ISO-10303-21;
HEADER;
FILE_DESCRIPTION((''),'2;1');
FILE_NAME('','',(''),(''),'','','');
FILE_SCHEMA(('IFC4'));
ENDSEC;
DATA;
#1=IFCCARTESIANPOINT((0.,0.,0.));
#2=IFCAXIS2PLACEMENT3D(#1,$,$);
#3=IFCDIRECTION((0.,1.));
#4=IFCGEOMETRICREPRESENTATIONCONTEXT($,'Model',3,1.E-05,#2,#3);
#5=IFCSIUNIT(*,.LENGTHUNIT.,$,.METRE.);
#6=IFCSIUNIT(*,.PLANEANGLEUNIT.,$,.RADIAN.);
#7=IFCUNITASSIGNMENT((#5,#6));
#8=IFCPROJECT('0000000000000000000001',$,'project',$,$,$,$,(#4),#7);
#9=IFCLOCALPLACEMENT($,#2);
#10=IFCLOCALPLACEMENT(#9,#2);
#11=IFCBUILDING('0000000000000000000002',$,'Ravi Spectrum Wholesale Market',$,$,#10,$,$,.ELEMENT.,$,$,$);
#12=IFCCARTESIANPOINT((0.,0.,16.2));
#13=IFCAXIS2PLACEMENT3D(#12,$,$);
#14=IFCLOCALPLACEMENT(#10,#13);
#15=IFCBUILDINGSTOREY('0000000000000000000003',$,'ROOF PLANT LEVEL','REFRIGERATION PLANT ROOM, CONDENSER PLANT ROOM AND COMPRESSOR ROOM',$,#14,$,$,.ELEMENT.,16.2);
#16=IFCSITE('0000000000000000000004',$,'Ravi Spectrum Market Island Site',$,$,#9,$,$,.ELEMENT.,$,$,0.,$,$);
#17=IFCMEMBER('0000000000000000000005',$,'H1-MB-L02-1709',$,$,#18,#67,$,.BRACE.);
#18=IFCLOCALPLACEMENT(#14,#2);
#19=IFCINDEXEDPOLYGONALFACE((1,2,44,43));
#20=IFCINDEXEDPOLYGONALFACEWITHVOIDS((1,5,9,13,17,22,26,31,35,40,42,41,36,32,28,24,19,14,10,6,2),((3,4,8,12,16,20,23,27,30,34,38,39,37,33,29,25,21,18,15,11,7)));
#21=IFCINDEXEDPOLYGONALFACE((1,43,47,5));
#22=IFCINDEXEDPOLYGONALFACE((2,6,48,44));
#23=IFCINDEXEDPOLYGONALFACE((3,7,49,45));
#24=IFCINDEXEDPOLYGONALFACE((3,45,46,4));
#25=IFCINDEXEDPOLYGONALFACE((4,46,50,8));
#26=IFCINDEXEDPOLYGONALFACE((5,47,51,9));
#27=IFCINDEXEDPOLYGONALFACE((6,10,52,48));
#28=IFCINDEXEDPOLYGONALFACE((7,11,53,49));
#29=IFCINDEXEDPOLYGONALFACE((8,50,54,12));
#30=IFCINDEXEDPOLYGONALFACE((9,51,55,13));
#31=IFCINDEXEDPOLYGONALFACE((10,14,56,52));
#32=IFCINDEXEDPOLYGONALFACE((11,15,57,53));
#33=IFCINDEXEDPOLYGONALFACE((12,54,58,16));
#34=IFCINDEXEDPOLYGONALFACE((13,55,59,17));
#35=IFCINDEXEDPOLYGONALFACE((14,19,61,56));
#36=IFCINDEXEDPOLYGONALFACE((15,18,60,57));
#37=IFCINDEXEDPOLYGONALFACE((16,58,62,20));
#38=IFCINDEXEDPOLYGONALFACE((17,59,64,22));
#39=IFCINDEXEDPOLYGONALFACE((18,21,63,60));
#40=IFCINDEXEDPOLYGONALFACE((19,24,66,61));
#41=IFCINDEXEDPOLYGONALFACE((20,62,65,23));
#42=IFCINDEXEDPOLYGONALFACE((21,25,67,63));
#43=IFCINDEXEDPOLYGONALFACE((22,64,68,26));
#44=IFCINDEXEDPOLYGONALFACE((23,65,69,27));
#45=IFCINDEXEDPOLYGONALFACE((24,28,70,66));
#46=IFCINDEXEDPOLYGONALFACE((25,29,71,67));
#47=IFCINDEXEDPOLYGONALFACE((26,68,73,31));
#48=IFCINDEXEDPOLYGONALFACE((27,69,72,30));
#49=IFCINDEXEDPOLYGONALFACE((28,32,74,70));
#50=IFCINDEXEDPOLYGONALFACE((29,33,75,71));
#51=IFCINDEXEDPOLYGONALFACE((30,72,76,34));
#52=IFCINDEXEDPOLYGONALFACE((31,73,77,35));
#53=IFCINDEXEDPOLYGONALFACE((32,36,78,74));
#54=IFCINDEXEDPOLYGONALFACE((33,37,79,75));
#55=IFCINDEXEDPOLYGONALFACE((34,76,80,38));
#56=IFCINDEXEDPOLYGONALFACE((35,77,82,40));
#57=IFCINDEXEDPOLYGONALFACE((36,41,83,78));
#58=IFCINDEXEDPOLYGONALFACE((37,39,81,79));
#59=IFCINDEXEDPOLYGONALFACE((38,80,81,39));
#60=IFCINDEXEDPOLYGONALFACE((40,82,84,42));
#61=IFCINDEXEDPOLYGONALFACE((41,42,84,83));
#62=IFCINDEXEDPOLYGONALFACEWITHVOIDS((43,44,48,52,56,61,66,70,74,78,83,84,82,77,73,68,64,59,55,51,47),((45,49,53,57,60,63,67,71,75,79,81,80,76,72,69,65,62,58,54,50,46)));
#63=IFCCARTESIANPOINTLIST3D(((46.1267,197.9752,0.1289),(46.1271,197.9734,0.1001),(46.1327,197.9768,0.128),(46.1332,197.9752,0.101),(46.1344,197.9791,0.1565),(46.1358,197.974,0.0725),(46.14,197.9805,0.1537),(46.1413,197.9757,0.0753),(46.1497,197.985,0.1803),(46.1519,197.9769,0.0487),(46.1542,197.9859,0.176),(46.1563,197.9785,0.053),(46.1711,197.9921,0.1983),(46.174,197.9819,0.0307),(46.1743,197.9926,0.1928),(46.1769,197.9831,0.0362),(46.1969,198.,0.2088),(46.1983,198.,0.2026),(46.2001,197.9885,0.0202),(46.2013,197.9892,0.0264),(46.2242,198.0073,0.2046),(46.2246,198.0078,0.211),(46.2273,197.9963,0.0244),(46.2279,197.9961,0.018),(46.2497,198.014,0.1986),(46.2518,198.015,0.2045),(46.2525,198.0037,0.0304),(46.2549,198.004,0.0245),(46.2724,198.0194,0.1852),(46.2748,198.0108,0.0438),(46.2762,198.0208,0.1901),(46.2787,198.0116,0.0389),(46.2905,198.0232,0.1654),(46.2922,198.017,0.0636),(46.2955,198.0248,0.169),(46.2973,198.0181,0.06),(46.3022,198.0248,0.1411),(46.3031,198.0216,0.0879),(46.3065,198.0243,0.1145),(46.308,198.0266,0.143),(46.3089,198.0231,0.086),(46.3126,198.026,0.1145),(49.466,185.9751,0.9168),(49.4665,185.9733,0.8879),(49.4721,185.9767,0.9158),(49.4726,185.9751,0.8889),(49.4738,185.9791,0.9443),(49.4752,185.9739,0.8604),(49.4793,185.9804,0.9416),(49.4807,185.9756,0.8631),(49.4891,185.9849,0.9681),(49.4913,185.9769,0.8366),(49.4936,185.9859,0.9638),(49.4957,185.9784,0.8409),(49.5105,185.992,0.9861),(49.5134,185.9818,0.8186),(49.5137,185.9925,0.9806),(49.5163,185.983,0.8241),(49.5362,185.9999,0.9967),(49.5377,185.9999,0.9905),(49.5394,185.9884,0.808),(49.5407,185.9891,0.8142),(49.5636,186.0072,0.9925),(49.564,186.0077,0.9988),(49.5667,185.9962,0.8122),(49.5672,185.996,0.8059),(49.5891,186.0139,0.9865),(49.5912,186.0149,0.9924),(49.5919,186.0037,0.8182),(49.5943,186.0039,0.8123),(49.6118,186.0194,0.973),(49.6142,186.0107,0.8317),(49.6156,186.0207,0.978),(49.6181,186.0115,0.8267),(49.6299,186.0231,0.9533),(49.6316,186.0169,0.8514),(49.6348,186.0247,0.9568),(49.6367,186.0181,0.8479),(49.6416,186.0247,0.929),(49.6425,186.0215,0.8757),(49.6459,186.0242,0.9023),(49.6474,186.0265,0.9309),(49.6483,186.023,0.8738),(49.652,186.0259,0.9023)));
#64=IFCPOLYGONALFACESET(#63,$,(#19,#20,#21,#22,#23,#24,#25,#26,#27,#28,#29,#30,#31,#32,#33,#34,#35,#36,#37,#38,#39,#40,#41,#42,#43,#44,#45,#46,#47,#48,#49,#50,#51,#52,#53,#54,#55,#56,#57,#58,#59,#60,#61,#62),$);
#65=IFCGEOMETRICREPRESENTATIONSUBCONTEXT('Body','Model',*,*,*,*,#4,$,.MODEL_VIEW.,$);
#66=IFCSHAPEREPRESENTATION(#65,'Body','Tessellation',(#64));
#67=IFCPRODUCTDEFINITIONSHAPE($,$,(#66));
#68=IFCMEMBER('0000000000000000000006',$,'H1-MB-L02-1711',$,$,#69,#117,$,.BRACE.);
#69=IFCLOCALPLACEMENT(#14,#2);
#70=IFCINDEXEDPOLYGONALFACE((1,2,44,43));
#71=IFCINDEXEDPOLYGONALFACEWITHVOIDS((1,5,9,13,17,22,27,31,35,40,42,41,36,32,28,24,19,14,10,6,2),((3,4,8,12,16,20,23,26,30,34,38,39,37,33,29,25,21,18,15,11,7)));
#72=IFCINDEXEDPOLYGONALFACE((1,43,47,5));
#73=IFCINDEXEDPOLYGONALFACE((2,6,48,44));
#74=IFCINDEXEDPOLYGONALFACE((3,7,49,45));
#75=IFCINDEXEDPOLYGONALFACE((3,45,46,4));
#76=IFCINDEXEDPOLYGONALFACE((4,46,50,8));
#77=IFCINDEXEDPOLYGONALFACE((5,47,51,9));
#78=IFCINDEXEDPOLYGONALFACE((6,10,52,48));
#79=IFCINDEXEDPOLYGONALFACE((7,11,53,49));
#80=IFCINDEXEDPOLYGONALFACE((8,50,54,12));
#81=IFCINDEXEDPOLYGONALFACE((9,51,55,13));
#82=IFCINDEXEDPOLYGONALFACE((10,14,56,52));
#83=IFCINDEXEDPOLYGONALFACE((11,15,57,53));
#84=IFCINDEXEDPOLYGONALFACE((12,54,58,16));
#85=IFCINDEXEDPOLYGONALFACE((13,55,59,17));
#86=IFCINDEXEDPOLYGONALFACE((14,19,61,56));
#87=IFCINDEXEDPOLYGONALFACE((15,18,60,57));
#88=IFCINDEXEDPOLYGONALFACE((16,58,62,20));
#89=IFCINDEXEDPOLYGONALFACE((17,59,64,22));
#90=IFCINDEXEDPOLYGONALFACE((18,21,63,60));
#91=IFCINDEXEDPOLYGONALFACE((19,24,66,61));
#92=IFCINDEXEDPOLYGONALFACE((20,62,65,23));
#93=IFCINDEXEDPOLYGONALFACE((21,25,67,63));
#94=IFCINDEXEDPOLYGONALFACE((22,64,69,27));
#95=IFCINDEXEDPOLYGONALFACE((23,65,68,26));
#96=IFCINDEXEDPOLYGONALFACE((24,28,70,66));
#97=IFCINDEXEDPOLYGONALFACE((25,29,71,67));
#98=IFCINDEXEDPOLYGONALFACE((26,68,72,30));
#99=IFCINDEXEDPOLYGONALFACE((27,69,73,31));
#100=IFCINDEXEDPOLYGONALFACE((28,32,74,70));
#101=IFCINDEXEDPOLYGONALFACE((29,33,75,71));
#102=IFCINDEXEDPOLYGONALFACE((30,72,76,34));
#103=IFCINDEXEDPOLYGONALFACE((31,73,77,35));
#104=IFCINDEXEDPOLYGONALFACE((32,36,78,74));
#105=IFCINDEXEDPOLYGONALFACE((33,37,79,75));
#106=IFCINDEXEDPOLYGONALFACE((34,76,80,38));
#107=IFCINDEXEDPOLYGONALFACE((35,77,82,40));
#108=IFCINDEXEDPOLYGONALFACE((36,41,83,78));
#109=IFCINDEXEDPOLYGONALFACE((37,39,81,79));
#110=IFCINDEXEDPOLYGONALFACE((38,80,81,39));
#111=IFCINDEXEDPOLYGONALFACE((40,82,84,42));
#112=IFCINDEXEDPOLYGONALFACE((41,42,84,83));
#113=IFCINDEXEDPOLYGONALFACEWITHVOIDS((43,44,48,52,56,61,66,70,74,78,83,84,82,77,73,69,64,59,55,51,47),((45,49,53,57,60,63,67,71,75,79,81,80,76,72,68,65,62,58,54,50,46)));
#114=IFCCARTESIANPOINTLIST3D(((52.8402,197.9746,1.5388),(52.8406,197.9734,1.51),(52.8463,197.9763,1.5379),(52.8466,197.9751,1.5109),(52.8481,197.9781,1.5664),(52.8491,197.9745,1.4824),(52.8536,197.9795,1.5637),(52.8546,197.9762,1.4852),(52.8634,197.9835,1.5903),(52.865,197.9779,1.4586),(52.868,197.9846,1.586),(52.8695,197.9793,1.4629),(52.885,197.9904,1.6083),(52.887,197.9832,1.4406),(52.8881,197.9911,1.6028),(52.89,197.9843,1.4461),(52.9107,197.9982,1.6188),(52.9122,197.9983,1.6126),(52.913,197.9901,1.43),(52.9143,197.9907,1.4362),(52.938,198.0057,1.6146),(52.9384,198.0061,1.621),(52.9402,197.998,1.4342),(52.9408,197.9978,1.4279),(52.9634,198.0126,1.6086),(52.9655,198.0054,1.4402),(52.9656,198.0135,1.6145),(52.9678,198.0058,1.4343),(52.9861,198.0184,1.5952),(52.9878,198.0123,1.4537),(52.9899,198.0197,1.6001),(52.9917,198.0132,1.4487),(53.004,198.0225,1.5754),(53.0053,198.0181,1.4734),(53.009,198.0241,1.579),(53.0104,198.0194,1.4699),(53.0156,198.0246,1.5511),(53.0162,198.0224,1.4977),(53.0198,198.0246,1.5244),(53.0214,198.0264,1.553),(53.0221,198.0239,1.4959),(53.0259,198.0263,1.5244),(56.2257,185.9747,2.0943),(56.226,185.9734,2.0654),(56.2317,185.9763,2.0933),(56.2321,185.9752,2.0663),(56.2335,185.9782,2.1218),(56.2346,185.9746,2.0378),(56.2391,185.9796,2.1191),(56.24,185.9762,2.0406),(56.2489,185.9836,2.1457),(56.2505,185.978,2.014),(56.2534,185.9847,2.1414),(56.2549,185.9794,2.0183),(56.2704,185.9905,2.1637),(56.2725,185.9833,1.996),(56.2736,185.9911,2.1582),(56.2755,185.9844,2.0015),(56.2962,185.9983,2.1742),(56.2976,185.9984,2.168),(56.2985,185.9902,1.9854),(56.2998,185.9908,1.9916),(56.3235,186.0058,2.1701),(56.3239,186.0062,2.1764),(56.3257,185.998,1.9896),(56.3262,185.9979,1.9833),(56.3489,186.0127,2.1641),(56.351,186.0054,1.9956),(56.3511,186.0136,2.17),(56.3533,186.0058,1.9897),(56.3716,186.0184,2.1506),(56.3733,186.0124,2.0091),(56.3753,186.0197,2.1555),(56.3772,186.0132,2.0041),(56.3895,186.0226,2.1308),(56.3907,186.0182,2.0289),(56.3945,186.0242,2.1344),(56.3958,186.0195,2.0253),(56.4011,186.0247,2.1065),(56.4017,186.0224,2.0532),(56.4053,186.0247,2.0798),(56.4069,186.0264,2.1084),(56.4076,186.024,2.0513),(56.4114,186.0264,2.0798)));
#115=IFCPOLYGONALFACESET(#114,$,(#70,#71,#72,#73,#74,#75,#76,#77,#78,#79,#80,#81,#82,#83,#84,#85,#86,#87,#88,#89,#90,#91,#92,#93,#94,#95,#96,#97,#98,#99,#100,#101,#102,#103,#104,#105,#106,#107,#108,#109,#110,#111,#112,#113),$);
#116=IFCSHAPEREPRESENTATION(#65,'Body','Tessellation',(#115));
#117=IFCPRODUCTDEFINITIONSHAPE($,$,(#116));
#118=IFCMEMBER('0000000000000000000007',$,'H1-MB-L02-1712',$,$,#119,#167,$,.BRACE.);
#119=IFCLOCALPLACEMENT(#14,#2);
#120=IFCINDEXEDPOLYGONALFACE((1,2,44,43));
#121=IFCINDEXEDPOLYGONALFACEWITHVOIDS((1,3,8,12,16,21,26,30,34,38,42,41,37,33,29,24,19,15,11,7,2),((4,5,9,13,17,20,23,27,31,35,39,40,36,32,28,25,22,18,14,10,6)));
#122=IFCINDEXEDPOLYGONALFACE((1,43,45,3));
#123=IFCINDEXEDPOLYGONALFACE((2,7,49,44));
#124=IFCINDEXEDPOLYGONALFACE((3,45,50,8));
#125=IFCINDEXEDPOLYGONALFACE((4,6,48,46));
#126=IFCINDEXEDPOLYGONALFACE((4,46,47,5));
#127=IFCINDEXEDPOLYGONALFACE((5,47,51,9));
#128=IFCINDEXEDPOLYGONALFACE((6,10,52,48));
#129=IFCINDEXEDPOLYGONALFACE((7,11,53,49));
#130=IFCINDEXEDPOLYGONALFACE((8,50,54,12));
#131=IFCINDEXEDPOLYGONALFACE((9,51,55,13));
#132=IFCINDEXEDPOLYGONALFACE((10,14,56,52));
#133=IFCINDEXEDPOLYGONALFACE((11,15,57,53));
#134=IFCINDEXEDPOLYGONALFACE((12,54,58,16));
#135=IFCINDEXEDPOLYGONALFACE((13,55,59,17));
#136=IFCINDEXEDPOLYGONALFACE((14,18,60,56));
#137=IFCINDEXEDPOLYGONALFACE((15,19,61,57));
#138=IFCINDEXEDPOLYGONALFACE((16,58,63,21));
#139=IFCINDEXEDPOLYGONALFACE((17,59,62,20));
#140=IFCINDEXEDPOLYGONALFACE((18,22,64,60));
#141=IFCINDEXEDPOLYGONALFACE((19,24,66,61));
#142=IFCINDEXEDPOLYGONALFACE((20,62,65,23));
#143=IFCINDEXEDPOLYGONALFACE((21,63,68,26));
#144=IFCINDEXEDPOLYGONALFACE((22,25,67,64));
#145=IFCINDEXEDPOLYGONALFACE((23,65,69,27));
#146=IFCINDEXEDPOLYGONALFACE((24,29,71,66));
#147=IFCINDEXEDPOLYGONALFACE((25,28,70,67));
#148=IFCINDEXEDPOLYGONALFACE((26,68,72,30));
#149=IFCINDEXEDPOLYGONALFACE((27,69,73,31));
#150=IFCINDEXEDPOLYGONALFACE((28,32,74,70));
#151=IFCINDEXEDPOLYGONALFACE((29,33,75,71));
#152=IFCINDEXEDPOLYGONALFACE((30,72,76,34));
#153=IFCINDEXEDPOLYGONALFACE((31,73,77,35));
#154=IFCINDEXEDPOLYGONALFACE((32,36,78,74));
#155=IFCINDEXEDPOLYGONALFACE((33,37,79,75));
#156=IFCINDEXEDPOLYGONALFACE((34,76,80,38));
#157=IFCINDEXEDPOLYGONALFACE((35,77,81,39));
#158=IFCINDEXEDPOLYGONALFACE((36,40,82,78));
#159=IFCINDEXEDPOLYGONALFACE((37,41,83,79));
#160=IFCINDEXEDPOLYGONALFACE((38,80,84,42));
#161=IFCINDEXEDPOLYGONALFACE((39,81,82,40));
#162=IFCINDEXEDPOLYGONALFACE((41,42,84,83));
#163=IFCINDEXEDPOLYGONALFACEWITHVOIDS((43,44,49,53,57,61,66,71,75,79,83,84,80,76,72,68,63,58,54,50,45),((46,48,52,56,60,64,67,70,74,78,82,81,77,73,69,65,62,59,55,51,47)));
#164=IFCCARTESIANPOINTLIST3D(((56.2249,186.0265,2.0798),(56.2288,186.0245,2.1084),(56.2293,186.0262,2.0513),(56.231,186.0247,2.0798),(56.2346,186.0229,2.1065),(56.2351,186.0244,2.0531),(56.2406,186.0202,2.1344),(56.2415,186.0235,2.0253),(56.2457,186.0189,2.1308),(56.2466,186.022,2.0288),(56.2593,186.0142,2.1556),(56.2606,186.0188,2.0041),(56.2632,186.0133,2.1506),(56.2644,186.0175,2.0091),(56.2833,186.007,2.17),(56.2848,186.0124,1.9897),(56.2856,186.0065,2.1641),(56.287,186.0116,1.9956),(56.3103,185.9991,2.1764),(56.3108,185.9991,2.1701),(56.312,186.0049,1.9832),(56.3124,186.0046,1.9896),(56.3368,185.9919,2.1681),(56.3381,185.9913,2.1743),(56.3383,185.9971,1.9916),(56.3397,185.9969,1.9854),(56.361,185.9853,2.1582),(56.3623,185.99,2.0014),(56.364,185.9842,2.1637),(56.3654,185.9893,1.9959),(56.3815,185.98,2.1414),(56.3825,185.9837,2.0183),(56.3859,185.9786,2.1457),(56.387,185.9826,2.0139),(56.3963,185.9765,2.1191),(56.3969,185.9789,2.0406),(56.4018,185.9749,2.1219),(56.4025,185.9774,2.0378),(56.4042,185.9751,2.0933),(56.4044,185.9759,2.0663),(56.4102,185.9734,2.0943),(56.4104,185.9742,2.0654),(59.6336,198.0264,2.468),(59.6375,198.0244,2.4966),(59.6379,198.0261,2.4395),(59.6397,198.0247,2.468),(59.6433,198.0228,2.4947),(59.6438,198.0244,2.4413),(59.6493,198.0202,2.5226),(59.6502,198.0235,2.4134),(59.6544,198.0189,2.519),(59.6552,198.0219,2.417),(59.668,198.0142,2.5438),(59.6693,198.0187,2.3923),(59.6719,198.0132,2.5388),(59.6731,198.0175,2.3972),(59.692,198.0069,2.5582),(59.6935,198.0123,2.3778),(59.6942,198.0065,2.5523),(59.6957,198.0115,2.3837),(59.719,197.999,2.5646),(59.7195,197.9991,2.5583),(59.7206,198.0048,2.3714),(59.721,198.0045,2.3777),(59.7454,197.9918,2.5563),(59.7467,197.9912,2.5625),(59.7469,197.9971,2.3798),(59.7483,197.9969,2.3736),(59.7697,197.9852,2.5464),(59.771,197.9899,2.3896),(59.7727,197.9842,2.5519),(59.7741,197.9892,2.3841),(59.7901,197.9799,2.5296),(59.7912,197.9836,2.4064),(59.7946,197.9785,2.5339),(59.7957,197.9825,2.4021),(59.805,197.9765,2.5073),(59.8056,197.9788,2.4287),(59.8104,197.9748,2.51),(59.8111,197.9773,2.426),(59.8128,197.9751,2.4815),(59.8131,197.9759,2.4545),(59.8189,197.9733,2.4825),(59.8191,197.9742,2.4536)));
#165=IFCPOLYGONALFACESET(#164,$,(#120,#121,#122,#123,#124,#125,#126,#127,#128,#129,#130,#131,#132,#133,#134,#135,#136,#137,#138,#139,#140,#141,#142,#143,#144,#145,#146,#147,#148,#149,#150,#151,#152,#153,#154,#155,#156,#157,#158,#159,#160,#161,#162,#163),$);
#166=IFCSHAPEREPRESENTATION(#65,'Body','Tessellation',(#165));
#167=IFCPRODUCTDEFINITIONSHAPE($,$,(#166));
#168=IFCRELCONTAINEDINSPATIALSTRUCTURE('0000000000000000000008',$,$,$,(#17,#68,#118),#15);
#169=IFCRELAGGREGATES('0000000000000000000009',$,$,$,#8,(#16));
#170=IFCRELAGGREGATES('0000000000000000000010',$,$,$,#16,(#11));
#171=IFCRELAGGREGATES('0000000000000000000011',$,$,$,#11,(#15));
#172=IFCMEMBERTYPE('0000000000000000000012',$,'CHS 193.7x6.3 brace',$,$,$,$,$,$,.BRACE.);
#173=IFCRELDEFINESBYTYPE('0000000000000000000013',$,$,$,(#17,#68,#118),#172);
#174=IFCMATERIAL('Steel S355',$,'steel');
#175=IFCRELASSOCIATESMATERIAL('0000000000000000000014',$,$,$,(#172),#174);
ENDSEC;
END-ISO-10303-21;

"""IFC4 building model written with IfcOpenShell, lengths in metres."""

from ifc_helpers import new_model, si_unit, direction, frame, origin, origin_2d, place, context, subcontext, project, spatial, hollow_circle, extrude, material, material_profile, profile_set, type_object, element, save


model = new_model("IFC4")

# Units and contexts
model_context = context("Model", 3, precision=1e-05, world=origin(), true_north=direction((0.0, 1.0)))
body_context = subcontext(model_context, "Body", "Model", "MODEL_VIEW")
ifc_project = project(units=[si_unit("LENGTHUNIT", "METRE"), si_unit("PLANEANGLEUNIT", "RADIAN")], contexts=[model_context])

# Site, building, storey
site_placement = place(None, origin())
site = spatial("IfcSite", under=ifc_project, at=site_placement, Name="Ravi Spectrum Market Island Site", CompositionType="ELEMENT", RefElevation=0.0)
building_placement = place(site_placement, origin())
building = spatial("IfcBuilding", under=site, at=building_placement, Name="Ravi Spectrum Wholesale Market", CompositionType="ELEMENT")
storey_placement = place(building_placement, frame((0.0, 0.0, 16.2)))
storey = spatial("IfcBuildingStorey", under=building, at=storey_placement, Name="ROOF PLANT LEVEL", Description="REFRIGERATION PLANT ROOM, CONDENSER PLANT ROOM AND COMPRESSOR ROOM", CompositionType="ELEMENT", Elevation=16.2)

# Members
ifc_material_1 = material(Name="Steel S355", Category="steel")
ifc_material_profile_1 = material_profile(ifc_material_1, hollow_circle(Radius=0.0969, WallThickness=0.0063, at=origin_2d()))
ifc_profile_set_1 = profile_set([ifc_material_profile_1], Name="Steel S355")
member_type_1 = type_object("IfcMemberType", Name="CHS 193.7x6.3 brace", PredefinedType="BRACE", material=ifc_profile_set_1)
member_1_placement = place(storey_placement, frame((46.2192, 198.0, 0.1145), z_axis=(0.267558, -0.961472, 0.063124), x_axis=(0.963393, 0.268093, 0.0)))
element("IfcMember", 1, at=member_1_placement, inside=storey, type_object=member_type_1, Name="H1-MB-L02-1709", PredefinedType="BRACE", context=body_context, shape_type="SweptSolid", body=[
    extrude(hollow_circle(Radius=0.0969, WallThickness=0.0063, at=origin_2d()), origin(), (0.0, 0.0, 1.0), 12.481),
])
for number, where, z_axis, x_axis, name in (
    (2, (52.9326, 198.0, 1.5244), (0.271257, -0.961478, 0.044502), (0.962431, 0.271526, 0.0), "H1-MB-L02-1711"),
    (3, (56.3181, 186.0, 2.0798), (0.273115, 0.961478, 0.031103), (-0.961944, 0.273247, 0.0), "H1-MB-L02-1712"),
):
    element("IfcMember", number, at=place(storey_placement, frame(where, z_axis=z_axis, x_axis=x_axis)), inside=storey, type_object=member_type_1, Name=name, PredefinedType="BRACE", context=body_context, shape_type="SweptSolid", body=[
        extrude(hollow_circle(Radius=0.0969, WallThickness=0.0063, at=origin_2d()), origin(), (0.0, 0.0, 1.0), 12.4807),
    ])

save(model, "model.ifc")
